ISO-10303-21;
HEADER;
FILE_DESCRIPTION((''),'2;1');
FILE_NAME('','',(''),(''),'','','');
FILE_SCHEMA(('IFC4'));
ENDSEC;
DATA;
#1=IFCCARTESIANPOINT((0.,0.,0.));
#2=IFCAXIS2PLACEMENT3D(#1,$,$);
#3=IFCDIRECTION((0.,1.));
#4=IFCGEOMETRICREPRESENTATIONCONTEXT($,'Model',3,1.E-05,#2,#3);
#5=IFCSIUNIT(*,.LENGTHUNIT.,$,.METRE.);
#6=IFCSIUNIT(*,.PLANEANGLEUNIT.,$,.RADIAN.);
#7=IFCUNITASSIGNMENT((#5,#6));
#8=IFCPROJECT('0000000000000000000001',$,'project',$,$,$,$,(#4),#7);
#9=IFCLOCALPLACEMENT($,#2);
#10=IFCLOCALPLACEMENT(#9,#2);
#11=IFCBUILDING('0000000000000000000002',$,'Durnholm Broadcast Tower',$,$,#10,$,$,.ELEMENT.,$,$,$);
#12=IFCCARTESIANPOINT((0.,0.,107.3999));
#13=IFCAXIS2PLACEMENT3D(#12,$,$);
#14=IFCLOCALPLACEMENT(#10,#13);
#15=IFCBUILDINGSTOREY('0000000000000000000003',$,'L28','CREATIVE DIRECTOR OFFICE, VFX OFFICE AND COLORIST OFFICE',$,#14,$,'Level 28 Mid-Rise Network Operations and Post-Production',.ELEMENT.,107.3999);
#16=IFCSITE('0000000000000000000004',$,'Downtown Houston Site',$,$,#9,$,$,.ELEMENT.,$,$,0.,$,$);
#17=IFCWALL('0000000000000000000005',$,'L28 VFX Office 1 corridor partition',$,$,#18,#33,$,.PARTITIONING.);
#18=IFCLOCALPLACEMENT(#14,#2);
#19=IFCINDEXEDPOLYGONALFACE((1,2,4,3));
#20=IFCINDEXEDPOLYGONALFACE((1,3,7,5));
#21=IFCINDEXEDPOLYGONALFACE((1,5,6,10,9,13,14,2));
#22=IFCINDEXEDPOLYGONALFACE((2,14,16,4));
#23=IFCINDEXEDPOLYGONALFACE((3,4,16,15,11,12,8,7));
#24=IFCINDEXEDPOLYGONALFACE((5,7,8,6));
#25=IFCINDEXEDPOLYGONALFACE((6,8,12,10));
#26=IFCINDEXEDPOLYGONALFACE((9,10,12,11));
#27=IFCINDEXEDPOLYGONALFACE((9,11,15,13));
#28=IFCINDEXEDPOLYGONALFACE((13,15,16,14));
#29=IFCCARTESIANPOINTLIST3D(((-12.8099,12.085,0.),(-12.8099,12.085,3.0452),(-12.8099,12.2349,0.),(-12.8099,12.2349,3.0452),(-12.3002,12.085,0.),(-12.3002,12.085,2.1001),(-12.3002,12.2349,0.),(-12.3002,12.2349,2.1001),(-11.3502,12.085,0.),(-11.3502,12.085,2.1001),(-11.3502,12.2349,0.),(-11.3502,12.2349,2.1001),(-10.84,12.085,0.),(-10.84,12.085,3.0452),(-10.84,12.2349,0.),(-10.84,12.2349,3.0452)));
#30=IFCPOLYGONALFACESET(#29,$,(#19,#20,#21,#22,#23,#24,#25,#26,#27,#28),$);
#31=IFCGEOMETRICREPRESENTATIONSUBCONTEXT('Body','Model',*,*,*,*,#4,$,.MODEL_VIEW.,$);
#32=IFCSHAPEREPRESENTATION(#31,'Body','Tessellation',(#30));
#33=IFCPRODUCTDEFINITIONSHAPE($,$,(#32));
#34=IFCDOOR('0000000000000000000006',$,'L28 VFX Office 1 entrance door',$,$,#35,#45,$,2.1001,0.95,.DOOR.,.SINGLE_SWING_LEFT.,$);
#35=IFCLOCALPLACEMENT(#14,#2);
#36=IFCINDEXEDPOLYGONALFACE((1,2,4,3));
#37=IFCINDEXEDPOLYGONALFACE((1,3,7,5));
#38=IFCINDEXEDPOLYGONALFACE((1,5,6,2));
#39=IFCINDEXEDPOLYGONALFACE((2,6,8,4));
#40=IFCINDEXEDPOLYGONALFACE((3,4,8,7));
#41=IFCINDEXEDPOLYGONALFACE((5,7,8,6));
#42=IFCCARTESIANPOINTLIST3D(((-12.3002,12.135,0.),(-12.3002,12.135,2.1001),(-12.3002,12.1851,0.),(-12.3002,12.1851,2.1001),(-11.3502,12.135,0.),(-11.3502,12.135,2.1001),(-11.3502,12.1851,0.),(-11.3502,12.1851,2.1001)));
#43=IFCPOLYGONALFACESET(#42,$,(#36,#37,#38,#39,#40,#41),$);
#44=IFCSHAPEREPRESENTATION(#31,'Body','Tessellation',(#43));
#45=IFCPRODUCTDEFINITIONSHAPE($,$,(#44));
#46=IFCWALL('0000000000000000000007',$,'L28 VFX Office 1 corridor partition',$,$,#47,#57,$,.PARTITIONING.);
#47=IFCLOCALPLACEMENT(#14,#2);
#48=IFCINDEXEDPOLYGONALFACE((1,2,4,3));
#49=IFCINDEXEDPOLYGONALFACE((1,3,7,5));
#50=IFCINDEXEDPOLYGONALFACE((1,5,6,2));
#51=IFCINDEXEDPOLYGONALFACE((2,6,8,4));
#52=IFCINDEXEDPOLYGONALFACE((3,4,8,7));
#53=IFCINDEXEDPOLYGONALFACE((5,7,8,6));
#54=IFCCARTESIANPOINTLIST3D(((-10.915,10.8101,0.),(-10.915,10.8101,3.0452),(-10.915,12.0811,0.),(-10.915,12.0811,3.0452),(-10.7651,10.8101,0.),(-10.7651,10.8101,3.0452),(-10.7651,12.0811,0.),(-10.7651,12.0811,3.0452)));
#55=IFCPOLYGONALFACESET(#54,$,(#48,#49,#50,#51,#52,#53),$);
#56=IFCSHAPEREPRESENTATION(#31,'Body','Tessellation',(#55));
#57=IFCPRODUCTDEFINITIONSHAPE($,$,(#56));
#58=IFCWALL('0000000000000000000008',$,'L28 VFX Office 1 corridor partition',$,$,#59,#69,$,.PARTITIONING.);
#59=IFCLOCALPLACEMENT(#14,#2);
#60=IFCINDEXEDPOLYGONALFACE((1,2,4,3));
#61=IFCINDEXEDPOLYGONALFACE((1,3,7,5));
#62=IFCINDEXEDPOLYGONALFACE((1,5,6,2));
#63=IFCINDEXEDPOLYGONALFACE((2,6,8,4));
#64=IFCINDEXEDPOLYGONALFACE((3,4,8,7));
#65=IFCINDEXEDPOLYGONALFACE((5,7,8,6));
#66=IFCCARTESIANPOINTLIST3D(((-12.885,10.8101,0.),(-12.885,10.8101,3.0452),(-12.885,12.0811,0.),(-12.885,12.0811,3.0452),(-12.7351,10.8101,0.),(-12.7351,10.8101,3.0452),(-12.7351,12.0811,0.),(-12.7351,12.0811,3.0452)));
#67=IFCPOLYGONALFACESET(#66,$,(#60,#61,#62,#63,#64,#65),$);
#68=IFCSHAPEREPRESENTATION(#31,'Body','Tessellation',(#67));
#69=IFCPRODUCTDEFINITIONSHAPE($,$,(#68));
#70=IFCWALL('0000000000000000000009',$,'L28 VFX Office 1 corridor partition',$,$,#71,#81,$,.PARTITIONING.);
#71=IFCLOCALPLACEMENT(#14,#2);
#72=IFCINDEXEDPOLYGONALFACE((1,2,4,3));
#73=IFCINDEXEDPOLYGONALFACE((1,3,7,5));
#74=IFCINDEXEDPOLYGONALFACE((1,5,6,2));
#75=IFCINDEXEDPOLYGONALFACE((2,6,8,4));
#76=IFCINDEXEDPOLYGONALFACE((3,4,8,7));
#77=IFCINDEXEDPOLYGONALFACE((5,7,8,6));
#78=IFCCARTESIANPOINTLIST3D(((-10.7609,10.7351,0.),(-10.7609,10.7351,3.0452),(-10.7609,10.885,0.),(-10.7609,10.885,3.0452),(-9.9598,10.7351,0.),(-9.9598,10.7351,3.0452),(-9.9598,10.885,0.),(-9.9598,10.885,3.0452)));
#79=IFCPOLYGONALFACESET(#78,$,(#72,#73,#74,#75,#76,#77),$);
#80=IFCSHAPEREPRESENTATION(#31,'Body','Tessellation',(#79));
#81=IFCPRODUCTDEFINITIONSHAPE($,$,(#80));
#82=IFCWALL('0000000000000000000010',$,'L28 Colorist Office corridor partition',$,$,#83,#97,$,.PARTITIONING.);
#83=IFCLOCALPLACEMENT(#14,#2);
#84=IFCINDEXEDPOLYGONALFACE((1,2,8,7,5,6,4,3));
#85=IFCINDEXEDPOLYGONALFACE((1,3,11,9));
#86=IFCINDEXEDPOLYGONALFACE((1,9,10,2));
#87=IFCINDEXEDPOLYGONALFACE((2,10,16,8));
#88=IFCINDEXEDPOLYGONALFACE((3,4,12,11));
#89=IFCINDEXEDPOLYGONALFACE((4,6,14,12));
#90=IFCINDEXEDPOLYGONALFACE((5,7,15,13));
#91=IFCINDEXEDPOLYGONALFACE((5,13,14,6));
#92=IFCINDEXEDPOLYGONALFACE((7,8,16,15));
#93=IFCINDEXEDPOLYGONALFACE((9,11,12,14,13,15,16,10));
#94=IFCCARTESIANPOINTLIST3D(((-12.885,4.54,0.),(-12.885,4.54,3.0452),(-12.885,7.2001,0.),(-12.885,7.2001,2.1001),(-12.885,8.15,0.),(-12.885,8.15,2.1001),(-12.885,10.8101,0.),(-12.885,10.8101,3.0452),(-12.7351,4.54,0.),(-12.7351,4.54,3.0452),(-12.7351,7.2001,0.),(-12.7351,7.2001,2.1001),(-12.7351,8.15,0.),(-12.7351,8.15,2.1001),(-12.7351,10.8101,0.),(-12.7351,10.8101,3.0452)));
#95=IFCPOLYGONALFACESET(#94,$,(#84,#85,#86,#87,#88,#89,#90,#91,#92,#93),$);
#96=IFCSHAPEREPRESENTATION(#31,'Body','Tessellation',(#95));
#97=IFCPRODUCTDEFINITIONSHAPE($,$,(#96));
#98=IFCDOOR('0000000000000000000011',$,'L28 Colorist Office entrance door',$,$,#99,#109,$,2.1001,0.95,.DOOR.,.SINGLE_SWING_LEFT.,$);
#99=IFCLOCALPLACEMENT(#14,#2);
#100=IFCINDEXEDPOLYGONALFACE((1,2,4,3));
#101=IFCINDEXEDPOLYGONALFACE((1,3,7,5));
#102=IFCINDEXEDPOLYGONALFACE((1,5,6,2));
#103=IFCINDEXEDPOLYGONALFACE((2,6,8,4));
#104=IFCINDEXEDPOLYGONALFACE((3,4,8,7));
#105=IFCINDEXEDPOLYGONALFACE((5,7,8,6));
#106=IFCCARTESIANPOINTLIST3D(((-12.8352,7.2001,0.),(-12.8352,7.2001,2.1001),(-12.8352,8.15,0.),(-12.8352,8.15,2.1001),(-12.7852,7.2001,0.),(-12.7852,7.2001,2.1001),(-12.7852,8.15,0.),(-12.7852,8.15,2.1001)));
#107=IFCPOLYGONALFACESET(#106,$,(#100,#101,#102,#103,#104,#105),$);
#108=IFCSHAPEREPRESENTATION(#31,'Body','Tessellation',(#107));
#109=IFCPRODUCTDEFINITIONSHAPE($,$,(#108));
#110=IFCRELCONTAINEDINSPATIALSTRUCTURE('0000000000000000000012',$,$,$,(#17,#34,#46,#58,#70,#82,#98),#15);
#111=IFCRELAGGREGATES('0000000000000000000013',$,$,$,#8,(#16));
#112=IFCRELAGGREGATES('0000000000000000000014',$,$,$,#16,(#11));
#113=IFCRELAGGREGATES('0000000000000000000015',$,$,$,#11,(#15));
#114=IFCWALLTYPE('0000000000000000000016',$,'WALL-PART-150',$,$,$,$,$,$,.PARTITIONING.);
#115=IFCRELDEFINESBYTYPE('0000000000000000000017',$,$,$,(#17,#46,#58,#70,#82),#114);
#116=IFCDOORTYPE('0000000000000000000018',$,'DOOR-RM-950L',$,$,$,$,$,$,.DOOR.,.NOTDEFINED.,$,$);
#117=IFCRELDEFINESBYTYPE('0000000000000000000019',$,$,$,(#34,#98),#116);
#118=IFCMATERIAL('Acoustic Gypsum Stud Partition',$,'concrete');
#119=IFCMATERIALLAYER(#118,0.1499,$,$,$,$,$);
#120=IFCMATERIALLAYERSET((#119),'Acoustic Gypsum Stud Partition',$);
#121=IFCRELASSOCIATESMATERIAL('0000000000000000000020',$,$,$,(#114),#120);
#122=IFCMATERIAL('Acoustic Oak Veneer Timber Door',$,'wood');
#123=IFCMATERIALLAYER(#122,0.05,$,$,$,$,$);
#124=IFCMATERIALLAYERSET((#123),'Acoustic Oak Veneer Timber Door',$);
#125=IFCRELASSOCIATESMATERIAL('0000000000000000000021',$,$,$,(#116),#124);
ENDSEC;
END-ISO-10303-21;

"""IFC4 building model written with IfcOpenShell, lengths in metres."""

from ifc_helpers import new_model, si_unit, direction, frame, frame_2d, origin, place, context, subcontext, project, spatial, rectangle, extrude, source, transform, mapped, material, layer, layer_set, type_object, type_shapes, element, fill, save


model = new_model("IFC4")

# Units and contexts
model_context = context("Model", 3, precision=1e-05, world=origin(), true_north=direction((0.0, 1.0)))
body_context = subcontext(model_context, "Body", "Model", "MODEL_VIEW")
ifc_project = project(units=[si_unit("LENGTHUNIT", "METRE"), si_unit("PLANEANGLEUNIT", "RADIAN")], contexts=[model_context])

# Site, building, storey
site_placement = place(None, origin())
site = spatial("IfcSite", under=ifc_project, at=site_placement, Name="Downtown Houston Site", CompositionType="ELEMENT", RefElevation=0.0)
building_placement = place(site_placement, origin())
building = spatial("IfcBuilding", under=site, at=building_placement, Name="Durnholm Broadcast Tower", CompositionType="ELEMENT")
storey_placement = place(building_placement, frame((0.0, 0.0, 107.3999)))
storey = spatial("IfcBuildingStorey", under=building, at=storey_placement, Name="L28", Description="CREATIVE DIRECTOR OFFICE, VFX OFFICE AND COLORIST OFFICE", LongName="Level 28 Mid-Rise Network Operations and Post-Production", CompositionType="ELEMENT", Elevation=107.3999)

# Wall, opening, door
ifc_material_1 = material(Name="Acoustic Gypsum Stud Partition", Category="concrete")
ifc_layer_1 = layer(ifc_material_1, 0.1499)
ifc_layer_set_1 = layer_set([ifc_layer_1], Name="Acoustic Gypsum Stud Partition")
wall_type_1 = type_object("IfcWallType", Name="WALL-PART-150", PredefinedType="PARTITIONING", material=ifc_layer_set_1)
wall_1_placement = place(storey_placement, frame((-10.8401, 12.1599, 0.0), z_axis=(0.0, 0.0, 1.0), x_axis=(-1.0, 0.0, 0.0)))
wall_1 = element("IfcWall", 1, at=wall_1_placement, inside=storey, type_object=wall_type_1, Name="L28 VFX Office 1 corridor partition", PredefinedType="PARTITIONING", context=body_context, shape_type="SweptSolid", body=[
    extrude(rectangle(XDim=1.97, YDim=0.1499, at=frame_2d((0.9849, 0.0))), origin(), (0.0, 0.0, 1.0), 3.0452),
])
opening_1_placement = place(wall_1_placement, frame((0.51, 0.0, 0.0)))
opening_1 = element("IfcOpeningElement", 2, at=opening_1_placement, cuts=wall_1, PredefinedType="OPENING", context=body_context, shape_type="SweptSolid", body=[
    extrude(rectangle(XDim=0.95, YDim=2.1001, at=frame_2d((0.4751, 1.05))), frame((0.0, 0.085, 0.0), z_axis=(0.0, -1.0, 0.0), x_axis=(1.0, 0.0, 0.0)), (0.0, 0.0, 1.0), 0.1699),
])
ifc_material_2 = material(Name="Acoustic Oak Veneer Timber Door", Category="wood")
ifc_layer_2 = layer(ifc_material_2, 0.05)
ifc_layer_set_2 = layer_set([ifc_layer_2], Name="Acoustic Oak Veneer Timber Door")
door_type = type_object("IfcDoorType", Name="DOOR-RM-950L", OperationType="NOTDEFINED", PredefinedType="DOOR", material=ifc_layer_set_2)
shared_shape_1 = source(origin(), body_context, "Body", "SweptSolid", [
    extrude(rectangle(XDim=0.95, YDim=2.1001, at=frame_2d((0.4751, 1.05))), frame((0.0, 0.0249, 0.0), z_axis=(0.0, -1.0, 0.0), x_axis=(1.0, 0.0, 0.0)), (0.0, 0.0, 1.0), 0.05),
])
type_shapes(door_type, [shared_shape_1])
door_1_placement = place(opening_1_placement, origin())
door_1 = element("IfcDoor", 3, at=door_1_placement, inside=storey, type_object=door_type, Name="L28 VFX Office 1 entrance door", OperationType="SINGLE_SWING_LEFT", OverallHeight=2.1001, OverallWidth=0.95, PredefinedType="DOOR", context=body_context, shape_type="MappedRepresentation", body=[
    mapped(shared_shape_1, transform((0.0, 0.0, 0.0), x_axis=(1.0, 0.0, 0.0), y_axis=(0.0, 1.0, 0.0), z_axis=(0.0, 0.0, 1.0), scale=1.0)),
])
fill(opening_1, door_1)

# Walls
for number, where, z_axis, x_axis, name in (
    (4, (-10.8401, 10.8101, 0.0), (0.0, 0.0, 1.0), (0.0, 1.0, 0.0), "L28 VFX Office 1 corridor partition"),
    (5, (-12.8101, 12.0811, 0.0), (0.0, 0.0, 1.0), (0.0, -1.0, 0.0), "L28 VFX Office 1 corridor partition"),
):
    element("IfcWall", number, at=place(storey_placement, frame(where, z_axis=z_axis, x_axis=x_axis)), inside=storey, type_object=wall_type_1, Name=name, PredefinedType="PARTITIONING", context=body_context, shape_type="SweptSolid", body=[
        extrude(rectangle(XDim=1.271, YDim=0.1499, at=frame_2d((0.6355, 0.0))), origin(), (0.0, 0.0, 1.0), 3.0452),
    ])
wall_2_placement = place(storey_placement, frame((-9.96, 10.8101, 0.0), z_axis=(0.0, 0.0, 1.0), x_axis=(-1.0, 0.0, 0.0)))
element("IfcWall", 6, at=wall_2_placement, inside=storey, type_object=wall_type_1, Name="L28 VFX Office 1 corridor partition", PredefinedType="PARTITIONING", context=body_context, shape_type="SweptSolid", body=[
    extrude(rectangle(XDim=0.801, YDim=0.1499, at=frame_2d((0.4004, 0.0))), origin(), (0.0, 0.0, 1.0), 3.0452),
])

# Wall, opening, door
wall_3_placement = place(storey_placement, frame((-12.8101, 10.8101, 0.0), z_axis=(0.0, 0.0, 1.0), x_axis=(0.0, -1.0, 0.0)))
wall_3 = element("IfcWall", 7, at=wall_3_placement, inside=storey, type_object=wall_type_1, Name="L28 Colorist Office corridor partition", PredefinedType="PARTITIONING", context=body_context, shape_type="SweptSolid", body=[
    extrude(rectangle(XDim=6.27, YDim=0.1499, at=frame_2d((3.135, 0.0))), origin(), (0.0, 0.0, 1.0), 3.0452),
])
opening_2_placement = place(wall_3_placement, frame((2.6599, 0.0, 0.0)))
opening_2 = element("IfcOpeningElement", 8, at=opening_2_placement, cuts=wall_3, PredefinedType="OPENING", context=body_context, shape_type="SweptSolid", body=[
    extrude(rectangle(XDim=0.95, YDim=2.1001, at=frame_2d((0.4751, 1.05))), frame((0.0, 0.085, 0.0), z_axis=(0.0, -1.0, 0.0), x_axis=(1.0, 0.0, 0.0)), (0.0, 0.0, 1.0), 0.1699),
])
door_2_placement = place(opening_2_placement, origin())
door_2 = element("IfcDoor", 9, at=door_2_placement, inside=storey, type_object=door_type, Name="L28 Colorist Office entrance door", OperationType="SINGLE_SWING_LEFT", OverallHeight=2.1001, OverallWidth=0.95, PredefinedType="DOOR", context=body_context, shape_type="MappedRepresentation", body=[
    mapped(shared_shape_1, transform((0.0, 0.0, 0.0), x_axis=(1.0, 0.0, 0.0), y_axis=(0.0, 1.0, 0.0), z_axis=(0.0, 0.0, 1.0), scale=1.0)),
])
fill(opening_2, door_2)

save(model, "model.ifc")
